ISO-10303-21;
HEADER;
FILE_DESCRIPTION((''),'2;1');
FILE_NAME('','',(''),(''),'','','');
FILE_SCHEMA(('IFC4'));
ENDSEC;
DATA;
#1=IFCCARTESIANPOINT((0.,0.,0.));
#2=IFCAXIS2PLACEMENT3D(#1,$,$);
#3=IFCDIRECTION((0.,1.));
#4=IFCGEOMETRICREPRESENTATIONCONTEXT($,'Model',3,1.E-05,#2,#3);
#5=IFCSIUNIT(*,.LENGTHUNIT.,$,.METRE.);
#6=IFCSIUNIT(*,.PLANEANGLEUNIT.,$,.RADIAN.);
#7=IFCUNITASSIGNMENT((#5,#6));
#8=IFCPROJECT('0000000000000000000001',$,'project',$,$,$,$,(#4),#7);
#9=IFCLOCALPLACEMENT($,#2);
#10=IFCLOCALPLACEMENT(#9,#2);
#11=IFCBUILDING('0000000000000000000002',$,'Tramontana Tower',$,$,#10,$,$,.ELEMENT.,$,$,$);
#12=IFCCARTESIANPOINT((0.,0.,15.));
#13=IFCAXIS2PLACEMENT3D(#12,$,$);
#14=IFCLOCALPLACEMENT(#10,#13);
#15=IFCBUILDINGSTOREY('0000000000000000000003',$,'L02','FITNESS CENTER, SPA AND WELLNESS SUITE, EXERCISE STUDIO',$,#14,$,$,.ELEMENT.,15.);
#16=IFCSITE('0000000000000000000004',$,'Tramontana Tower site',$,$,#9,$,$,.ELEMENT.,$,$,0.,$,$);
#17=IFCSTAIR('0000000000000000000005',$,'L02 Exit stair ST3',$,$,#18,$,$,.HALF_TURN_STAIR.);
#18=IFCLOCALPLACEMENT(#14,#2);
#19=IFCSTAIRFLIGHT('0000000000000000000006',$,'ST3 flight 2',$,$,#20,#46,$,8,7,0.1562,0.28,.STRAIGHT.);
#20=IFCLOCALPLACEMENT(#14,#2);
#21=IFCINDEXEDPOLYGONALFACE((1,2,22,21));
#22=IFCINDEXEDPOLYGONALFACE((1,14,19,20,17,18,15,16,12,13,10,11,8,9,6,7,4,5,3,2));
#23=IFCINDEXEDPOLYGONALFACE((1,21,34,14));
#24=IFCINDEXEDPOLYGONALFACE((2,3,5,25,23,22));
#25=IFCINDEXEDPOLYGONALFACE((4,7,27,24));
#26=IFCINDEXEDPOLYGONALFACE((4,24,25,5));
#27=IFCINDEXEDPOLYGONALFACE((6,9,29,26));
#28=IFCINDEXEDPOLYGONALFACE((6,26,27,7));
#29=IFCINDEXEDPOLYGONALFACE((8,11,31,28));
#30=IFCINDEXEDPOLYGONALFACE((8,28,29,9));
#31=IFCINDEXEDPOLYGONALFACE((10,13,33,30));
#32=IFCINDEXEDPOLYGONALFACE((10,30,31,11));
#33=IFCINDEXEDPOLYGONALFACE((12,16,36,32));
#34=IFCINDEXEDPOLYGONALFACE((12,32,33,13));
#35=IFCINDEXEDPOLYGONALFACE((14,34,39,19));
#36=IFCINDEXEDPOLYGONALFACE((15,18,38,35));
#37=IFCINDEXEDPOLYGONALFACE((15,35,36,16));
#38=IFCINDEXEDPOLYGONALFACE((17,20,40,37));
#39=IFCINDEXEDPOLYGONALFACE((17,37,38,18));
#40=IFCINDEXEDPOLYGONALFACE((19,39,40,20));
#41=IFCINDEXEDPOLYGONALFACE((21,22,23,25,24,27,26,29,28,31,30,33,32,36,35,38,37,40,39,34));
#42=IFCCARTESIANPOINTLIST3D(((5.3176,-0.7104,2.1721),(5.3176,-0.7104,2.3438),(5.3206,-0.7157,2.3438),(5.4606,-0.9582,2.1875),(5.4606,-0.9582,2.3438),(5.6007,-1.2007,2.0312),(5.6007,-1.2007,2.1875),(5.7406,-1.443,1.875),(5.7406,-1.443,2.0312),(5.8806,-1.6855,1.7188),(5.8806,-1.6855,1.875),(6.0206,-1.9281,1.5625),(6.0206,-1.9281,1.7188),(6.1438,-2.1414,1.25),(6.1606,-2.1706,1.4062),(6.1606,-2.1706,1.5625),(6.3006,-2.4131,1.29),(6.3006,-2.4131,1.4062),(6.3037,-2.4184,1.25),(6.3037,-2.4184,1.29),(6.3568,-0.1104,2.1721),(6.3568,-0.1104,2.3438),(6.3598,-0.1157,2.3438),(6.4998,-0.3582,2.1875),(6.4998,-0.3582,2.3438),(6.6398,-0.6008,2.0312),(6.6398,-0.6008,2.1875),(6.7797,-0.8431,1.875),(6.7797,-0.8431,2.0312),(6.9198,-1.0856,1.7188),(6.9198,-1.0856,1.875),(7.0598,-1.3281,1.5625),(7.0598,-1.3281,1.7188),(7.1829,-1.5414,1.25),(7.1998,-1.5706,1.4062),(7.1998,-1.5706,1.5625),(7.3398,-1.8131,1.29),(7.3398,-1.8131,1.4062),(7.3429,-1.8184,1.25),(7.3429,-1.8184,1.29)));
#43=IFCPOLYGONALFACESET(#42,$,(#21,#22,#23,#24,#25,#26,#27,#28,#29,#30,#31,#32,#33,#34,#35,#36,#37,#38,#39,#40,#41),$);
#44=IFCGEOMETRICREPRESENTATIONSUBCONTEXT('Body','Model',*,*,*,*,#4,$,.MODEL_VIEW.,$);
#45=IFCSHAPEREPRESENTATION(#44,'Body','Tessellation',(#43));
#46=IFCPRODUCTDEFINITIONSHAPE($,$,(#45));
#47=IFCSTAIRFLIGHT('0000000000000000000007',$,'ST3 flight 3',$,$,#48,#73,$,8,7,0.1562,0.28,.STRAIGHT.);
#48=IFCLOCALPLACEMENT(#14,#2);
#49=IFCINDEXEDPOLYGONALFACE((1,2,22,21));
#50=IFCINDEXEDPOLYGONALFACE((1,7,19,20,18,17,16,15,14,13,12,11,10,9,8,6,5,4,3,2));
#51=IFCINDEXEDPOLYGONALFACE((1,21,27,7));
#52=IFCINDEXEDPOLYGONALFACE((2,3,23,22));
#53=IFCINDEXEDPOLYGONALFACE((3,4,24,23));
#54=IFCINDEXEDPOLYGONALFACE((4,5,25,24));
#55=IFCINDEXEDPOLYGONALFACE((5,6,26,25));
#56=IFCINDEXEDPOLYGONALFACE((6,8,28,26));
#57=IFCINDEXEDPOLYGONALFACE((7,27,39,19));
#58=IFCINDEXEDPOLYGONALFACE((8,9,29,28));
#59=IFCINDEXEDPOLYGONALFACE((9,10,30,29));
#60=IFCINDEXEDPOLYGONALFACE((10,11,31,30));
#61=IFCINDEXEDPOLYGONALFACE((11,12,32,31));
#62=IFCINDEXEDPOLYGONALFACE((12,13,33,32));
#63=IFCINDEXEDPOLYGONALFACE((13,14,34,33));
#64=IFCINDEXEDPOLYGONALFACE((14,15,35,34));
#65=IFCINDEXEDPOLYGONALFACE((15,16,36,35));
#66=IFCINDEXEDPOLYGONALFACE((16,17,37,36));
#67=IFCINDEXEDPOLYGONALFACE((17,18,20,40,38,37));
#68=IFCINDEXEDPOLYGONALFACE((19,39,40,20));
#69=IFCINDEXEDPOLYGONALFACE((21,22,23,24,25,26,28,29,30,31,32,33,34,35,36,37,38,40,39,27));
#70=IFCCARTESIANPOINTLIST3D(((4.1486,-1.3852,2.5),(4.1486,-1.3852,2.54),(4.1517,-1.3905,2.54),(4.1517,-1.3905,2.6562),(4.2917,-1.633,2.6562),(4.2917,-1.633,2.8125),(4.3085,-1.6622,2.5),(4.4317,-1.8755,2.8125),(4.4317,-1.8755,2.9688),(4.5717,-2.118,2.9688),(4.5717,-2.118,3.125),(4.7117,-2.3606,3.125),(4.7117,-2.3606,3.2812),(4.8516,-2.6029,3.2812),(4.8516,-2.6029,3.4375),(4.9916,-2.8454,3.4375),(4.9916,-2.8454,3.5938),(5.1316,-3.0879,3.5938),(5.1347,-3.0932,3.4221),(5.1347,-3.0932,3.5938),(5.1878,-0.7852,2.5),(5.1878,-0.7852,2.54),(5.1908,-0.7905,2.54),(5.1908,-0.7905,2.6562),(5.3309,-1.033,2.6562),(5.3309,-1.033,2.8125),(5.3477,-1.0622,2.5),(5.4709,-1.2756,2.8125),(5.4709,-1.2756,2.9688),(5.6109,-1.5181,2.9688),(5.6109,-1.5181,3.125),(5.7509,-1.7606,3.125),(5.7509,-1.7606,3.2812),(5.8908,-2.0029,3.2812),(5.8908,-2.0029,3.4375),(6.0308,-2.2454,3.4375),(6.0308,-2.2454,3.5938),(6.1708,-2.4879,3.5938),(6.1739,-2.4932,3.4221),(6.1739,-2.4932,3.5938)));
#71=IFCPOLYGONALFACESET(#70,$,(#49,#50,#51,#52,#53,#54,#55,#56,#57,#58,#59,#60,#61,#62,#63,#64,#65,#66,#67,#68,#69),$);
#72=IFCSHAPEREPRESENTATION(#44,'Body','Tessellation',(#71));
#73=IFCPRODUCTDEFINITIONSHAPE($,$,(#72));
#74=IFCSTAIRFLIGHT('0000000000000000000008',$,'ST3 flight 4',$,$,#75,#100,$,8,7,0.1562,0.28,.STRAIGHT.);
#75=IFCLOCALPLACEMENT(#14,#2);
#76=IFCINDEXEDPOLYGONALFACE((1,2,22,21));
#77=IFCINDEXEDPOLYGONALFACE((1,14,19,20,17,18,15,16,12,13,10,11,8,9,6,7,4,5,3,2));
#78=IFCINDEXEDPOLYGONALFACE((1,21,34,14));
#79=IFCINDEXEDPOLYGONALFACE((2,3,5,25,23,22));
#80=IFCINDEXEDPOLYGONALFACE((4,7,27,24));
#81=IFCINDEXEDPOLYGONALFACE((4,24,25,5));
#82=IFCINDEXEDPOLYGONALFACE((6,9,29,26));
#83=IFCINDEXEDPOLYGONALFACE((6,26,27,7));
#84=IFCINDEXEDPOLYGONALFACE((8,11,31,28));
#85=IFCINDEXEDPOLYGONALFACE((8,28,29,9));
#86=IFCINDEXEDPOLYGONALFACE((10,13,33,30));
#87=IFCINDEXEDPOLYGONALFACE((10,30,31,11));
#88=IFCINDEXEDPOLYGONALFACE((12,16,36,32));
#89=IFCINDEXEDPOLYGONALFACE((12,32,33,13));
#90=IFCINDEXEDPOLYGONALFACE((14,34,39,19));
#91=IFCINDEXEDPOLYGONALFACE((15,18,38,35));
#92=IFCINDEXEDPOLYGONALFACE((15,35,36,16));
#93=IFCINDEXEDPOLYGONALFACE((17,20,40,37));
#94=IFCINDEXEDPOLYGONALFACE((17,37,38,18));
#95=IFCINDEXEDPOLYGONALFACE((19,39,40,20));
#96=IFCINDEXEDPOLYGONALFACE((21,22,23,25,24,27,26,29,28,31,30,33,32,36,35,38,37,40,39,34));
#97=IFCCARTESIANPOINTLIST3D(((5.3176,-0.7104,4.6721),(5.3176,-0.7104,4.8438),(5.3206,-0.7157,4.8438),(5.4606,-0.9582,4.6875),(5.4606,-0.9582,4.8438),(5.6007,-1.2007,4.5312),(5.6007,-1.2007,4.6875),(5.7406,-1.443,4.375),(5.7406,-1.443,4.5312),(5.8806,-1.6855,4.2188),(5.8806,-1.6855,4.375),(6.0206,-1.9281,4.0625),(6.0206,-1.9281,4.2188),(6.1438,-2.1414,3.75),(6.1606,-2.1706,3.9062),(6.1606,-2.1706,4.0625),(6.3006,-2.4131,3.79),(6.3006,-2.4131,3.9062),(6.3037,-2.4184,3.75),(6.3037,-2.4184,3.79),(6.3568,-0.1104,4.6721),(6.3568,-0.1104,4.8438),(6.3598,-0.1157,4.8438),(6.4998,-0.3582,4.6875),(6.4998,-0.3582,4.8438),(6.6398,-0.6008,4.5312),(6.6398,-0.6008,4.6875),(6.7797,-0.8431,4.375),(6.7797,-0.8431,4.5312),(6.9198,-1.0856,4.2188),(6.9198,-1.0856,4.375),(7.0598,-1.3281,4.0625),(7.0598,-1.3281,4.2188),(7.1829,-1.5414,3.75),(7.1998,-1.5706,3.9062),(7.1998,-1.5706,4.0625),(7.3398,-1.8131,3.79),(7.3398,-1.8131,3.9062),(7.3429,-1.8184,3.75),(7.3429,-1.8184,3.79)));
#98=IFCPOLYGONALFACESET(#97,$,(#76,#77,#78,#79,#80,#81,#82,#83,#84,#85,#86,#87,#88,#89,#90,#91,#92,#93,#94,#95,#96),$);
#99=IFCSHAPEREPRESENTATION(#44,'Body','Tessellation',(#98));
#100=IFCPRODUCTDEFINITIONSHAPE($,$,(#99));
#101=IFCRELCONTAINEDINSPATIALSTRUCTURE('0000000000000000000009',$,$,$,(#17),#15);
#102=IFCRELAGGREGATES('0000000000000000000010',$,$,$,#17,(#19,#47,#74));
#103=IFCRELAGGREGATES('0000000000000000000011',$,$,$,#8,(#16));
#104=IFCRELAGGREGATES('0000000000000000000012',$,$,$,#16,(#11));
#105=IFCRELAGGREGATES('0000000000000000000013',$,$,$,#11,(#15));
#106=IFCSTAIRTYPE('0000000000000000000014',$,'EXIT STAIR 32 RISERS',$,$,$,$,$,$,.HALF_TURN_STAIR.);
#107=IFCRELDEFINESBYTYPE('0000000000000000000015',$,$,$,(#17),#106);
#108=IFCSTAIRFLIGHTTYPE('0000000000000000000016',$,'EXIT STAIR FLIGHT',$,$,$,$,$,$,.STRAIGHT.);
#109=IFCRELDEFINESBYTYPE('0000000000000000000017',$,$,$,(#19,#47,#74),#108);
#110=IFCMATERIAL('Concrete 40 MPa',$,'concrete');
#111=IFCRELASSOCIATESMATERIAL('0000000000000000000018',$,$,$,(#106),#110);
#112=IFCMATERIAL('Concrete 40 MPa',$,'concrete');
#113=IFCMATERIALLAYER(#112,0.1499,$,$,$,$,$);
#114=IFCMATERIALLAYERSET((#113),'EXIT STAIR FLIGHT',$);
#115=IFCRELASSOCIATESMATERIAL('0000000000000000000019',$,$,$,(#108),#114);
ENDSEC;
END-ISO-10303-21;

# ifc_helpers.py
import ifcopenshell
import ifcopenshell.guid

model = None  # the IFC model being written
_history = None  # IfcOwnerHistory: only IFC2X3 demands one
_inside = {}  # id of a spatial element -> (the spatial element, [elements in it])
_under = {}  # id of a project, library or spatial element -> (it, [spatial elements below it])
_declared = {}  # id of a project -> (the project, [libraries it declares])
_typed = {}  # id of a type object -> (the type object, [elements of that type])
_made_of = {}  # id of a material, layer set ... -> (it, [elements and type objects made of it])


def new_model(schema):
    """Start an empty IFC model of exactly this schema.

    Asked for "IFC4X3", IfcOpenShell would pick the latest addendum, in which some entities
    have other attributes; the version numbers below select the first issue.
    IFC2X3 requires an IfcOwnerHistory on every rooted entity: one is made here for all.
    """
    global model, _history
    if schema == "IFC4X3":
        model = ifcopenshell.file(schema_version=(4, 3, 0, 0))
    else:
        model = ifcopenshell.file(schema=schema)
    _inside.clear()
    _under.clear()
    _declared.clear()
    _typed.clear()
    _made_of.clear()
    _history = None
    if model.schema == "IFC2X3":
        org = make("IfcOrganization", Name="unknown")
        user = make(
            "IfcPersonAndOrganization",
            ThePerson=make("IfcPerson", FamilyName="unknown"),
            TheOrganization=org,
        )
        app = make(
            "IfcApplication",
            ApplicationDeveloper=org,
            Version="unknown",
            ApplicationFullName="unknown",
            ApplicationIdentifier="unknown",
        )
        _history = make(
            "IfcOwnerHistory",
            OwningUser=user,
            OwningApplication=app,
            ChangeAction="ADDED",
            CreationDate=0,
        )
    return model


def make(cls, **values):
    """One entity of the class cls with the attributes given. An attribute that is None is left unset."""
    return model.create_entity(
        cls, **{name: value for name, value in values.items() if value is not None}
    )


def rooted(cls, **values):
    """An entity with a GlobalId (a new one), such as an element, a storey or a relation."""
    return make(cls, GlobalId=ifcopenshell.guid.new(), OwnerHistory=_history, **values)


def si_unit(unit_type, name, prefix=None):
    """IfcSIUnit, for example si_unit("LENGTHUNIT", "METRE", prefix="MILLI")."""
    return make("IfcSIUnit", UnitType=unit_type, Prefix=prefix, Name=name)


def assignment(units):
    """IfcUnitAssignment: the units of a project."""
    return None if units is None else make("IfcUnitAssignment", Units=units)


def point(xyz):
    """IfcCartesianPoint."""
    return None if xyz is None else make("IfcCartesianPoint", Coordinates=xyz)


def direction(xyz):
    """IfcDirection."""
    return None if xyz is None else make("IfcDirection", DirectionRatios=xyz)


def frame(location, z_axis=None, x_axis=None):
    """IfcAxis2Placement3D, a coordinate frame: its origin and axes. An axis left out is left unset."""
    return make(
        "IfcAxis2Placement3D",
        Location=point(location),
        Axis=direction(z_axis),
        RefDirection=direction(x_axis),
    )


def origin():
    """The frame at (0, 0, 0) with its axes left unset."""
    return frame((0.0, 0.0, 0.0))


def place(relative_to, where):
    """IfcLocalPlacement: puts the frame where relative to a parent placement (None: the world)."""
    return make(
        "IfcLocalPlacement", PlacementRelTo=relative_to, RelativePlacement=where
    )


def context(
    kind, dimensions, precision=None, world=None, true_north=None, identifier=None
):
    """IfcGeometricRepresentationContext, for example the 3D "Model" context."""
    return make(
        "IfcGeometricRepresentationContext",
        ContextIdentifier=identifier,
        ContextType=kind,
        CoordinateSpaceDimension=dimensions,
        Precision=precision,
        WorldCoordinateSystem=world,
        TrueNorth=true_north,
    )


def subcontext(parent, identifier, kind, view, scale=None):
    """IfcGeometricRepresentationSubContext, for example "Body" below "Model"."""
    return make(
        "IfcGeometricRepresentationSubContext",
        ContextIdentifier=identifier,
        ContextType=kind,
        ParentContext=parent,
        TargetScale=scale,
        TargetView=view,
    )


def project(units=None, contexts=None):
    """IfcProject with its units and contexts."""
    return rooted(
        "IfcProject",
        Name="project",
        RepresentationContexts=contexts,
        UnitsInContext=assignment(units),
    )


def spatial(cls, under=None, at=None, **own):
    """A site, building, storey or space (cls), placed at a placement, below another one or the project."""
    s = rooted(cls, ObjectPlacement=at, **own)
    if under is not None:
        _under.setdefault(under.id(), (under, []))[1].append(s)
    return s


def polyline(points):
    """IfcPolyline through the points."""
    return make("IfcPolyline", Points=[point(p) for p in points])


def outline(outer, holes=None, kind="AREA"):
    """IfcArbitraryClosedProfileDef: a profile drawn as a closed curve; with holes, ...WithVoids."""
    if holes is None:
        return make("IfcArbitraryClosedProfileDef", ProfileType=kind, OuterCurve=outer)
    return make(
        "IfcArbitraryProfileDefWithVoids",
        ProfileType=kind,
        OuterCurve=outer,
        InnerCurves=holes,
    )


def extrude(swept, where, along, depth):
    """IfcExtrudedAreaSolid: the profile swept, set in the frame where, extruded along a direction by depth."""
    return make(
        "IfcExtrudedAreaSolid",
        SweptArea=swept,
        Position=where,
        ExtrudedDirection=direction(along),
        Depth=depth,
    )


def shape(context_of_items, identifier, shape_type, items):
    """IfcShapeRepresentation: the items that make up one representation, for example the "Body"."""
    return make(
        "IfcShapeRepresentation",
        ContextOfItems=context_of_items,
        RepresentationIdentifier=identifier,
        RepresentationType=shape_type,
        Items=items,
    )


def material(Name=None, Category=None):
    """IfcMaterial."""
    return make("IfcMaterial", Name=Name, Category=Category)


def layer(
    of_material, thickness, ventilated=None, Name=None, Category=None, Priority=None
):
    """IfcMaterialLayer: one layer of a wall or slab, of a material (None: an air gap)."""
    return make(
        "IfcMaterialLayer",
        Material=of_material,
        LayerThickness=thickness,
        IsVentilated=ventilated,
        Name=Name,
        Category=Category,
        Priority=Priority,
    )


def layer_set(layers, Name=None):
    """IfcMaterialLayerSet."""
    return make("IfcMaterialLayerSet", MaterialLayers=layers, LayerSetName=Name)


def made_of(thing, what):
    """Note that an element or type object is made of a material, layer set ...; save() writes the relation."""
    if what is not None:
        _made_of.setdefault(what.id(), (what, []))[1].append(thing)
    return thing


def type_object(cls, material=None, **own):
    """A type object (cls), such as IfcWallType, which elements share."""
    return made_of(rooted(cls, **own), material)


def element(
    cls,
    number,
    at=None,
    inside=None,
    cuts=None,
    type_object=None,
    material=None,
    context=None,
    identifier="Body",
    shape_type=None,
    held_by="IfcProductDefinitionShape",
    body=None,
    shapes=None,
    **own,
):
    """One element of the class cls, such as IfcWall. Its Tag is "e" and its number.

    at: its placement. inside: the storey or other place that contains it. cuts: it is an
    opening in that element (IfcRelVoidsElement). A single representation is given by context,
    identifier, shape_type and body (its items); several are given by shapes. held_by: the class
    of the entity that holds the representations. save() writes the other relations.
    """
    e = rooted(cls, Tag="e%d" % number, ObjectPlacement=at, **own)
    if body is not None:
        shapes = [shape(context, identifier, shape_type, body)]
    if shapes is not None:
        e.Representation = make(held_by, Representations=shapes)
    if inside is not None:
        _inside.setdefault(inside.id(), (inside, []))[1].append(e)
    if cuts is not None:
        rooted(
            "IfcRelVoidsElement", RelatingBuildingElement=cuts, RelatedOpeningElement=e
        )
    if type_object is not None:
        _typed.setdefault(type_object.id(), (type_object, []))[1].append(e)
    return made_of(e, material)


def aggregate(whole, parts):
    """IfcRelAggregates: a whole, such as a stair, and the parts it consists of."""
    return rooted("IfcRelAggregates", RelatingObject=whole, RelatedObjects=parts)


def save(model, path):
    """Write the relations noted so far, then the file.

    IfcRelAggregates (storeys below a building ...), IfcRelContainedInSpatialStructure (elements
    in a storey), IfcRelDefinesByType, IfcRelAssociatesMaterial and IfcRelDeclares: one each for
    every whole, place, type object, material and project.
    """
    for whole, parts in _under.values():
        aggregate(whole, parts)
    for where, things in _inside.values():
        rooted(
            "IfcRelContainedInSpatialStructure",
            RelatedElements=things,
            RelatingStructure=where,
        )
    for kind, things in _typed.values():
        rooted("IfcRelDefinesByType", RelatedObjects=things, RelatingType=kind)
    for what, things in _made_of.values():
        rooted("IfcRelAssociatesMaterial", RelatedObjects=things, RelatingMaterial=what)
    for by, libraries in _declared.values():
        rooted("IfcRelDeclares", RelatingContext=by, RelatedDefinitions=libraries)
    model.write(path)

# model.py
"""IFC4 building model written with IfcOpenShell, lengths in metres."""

from ifc_helpers import new_model, si_unit, direction, frame, origin, place, context, subcontext, project, spatial, polyline, outline, extrude, material, layer, layer_set, type_object, element, aggregate, save


model = new_model("IFC4")

# Units and contexts
model_context = context("Model", 3, precision=1e-05, world=origin(), true_north=direction((0.0, 1.0)))
body_context = subcontext(model_context, "Body", "Model", "MODEL_VIEW")
ifc_project = project(units=[si_unit("LENGTHUNIT", "METRE"), si_unit("PLANEANGLEUNIT", "RADIAN")], contexts=[model_context])

# Site, building, storey
site_placement = place(None, origin())
site = spatial("IfcSite", under=ifc_project, at=site_placement, Name="Tramontana Tower site", CompositionType="ELEMENT", RefElevation=0.0)
building_placement = place(site_placement, origin())
building = spatial("IfcBuilding", under=site, at=building_placement, Name="Tramontana Tower", CompositionType="ELEMENT")
storey_placement = place(building_placement, frame((0.0, 0.0, 15.0)))
storey = spatial("IfcBuildingStorey", under=building, at=storey_placement, Name="L02", Description="FITNESS CENTER, SPA AND WELLNESS SUITE, EXERCISE STUDIO", CompositionType="ELEMENT", Elevation=15.0)

# Stair, stair flights
ifc_material_1 = material(Name="Concrete 40 MPa", Category="concrete")
stair_type = type_object("IfcStairType", Name="EXIT STAIR 32 RISERS", PredefinedType="HALF_TURN_STAIR", material=ifc_material_1)
stair_placement = place(storey_placement, origin())
stair = element("IfcStair", 1, at=stair_placement, inside=storey, type_object=stair_type, Name="L02 Exit stair ST3", PredefinedType="HALF_TURN_STAIR")
ifc_material_2 = material(Name="Concrete 40 MPa", Category="concrete")
ifc_layer_1 = layer(ifc_material_2, 0.1499)
ifc_layer_set_1 = layer_set([ifc_layer_1], Name="EXIT STAIR FLIGHT")
stair_flight_type = type_object("IfcStairFlightType", Name="EXIT STAIR FLIGHT", PredefinedType="STRAIGHT", material=ifc_layer_set_1)
stair_flight_1_placement = place(storey_placement, frame((6.8203, -2.113, 1.25), z_axis=(0.0, 0.0, 1.0), x_axis=(-0.5, 0.866025, 0.0)))
stair_flight_1 = element("IfcStairFlight", 2, at=stair_flight_1_placement, type_object=stair_flight_type, Name="ST3 flight 2", NumberOfRisers=8, NumberOfTreads=7, PredefinedType="STRAIGHT", RiserHeight=0.1562, TreadLength=0.28, context=body_context, shape_type="SweptSolid", body=[
    extrude(outline(polyline([(-0.0061, 0.0), (-0.0061, 0.04), (0.0, 0.04), (0.0, 0.1562), (0.28, 0.1562), (0.28, 0.3125), (0.5601, 0.3125), (0.5601, 0.4688), (0.8401, 0.4688), (0.8401, 0.625), (1.1201, 0.625), (1.1201, 0.7812), (1.3999, 0.7812), (1.3999, 0.9375), (1.6799, 0.9375), (1.6799, 1.0938), (1.96, 1.0938), (1.9661, 1.0938), (1.9661, 0.9221), (0.3137, 0.0), (-0.0061, 0.0)])), frame((0.0, 0.6001, 0.0), z_axis=(0.0, -1.0, 0.0), x_axis=(1.0, 0.0, 0.0)), (0.0, 0.0, 1.0), 1.2),
])
stair_flight_2_placement = place(storey_placement, frame((4.6711, -1.0906, 2.5), z_axis=(0.0, 0.0, 1.0), x_axis=(0.5, -0.866025, 0.0)))
stair_flight_2 = element("IfcStairFlight", 3, at=stair_flight_2_placement, type_object=stair_flight_type, Name="ST3 flight 3", NumberOfRisers=8, NumberOfTreads=7, PredefinedType="STRAIGHT", RiserHeight=0.1562, TreadLength=0.28, context=body_context, shape_type="SweptSolid", body=[
    extrude(outline(polyline([(-0.0061, 0.0), (-0.0061, 0.04), (0.0, 0.04), (0.0, 0.1562), (0.28, 0.1562), (0.28, 0.3125), (0.5601, 0.3125), (0.5601, 0.4688), (0.8401, 0.4688), (0.8401, 0.625), (1.1201, 0.625), (1.1201, 0.7812), (1.3999, 0.7812), (1.3999, 0.9375), (1.6799, 0.9375), (1.6799, 1.0938), (1.96, 1.0938), (1.9661, 1.0938), (1.9661, 0.9221), (0.3137, 0.0), (-0.0061, 0.0)])), frame((0.0, 0.6001, 0.0), z_axis=(0.0, -1.0, 0.0), x_axis=(1.0, 0.0, 0.0)), (0.0, 0.0, 1.0), 1.2),
])
stair_flight_3_placement = place(storey_placement, frame((6.8203, -2.113, 3.75), z_axis=(0.0, 0.0, 1.0), x_axis=(-0.5, 0.866025, 0.0)))
stair_flight_3 = element("IfcStairFlight", 4, at=stair_flight_3_placement, type_object=stair_flight_type, Name="ST3 flight 4", NumberOfRisers=8, NumberOfTreads=7, PredefinedType="STRAIGHT", RiserHeight=0.1562, TreadLength=0.28, context=body_context, shape_type="SweptSolid", body=[
    extrude(outline(polyline([(-0.0061, 0.0), (-0.0061, 0.04), (0.0, 0.04), (0.0, 0.1562), (0.28, 0.1562), (0.28, 0.3125), (0.5601, 0.3125), (0.5601, 0.4688), (0.8401, 0.4688), (0.8401, 0.625), (1.1201, 0.625), (1.1201, 0.7812), (1.3999, 0.7812), (1.3999, 0.9375), (1.6799, 0.9375), (1.6799, 1.0938), (1.96, 1.0938), (1.9661, 1.0938), (1.9661, 0.9221), (0.3137, 0.0), (-0.0061, 0.0)])), frame((0.0, 0.6001, 0.0), z_axis=(0.0, -1.0, 0.0), x_axis=(1.0, 0.0, 0.0)), (0.0, 0.0, 1.0), 1.2),
])
aggregate(stair, [stair_flight_1, stair_flight_2, stair_flight_3])

save(model, "model.ifc")
